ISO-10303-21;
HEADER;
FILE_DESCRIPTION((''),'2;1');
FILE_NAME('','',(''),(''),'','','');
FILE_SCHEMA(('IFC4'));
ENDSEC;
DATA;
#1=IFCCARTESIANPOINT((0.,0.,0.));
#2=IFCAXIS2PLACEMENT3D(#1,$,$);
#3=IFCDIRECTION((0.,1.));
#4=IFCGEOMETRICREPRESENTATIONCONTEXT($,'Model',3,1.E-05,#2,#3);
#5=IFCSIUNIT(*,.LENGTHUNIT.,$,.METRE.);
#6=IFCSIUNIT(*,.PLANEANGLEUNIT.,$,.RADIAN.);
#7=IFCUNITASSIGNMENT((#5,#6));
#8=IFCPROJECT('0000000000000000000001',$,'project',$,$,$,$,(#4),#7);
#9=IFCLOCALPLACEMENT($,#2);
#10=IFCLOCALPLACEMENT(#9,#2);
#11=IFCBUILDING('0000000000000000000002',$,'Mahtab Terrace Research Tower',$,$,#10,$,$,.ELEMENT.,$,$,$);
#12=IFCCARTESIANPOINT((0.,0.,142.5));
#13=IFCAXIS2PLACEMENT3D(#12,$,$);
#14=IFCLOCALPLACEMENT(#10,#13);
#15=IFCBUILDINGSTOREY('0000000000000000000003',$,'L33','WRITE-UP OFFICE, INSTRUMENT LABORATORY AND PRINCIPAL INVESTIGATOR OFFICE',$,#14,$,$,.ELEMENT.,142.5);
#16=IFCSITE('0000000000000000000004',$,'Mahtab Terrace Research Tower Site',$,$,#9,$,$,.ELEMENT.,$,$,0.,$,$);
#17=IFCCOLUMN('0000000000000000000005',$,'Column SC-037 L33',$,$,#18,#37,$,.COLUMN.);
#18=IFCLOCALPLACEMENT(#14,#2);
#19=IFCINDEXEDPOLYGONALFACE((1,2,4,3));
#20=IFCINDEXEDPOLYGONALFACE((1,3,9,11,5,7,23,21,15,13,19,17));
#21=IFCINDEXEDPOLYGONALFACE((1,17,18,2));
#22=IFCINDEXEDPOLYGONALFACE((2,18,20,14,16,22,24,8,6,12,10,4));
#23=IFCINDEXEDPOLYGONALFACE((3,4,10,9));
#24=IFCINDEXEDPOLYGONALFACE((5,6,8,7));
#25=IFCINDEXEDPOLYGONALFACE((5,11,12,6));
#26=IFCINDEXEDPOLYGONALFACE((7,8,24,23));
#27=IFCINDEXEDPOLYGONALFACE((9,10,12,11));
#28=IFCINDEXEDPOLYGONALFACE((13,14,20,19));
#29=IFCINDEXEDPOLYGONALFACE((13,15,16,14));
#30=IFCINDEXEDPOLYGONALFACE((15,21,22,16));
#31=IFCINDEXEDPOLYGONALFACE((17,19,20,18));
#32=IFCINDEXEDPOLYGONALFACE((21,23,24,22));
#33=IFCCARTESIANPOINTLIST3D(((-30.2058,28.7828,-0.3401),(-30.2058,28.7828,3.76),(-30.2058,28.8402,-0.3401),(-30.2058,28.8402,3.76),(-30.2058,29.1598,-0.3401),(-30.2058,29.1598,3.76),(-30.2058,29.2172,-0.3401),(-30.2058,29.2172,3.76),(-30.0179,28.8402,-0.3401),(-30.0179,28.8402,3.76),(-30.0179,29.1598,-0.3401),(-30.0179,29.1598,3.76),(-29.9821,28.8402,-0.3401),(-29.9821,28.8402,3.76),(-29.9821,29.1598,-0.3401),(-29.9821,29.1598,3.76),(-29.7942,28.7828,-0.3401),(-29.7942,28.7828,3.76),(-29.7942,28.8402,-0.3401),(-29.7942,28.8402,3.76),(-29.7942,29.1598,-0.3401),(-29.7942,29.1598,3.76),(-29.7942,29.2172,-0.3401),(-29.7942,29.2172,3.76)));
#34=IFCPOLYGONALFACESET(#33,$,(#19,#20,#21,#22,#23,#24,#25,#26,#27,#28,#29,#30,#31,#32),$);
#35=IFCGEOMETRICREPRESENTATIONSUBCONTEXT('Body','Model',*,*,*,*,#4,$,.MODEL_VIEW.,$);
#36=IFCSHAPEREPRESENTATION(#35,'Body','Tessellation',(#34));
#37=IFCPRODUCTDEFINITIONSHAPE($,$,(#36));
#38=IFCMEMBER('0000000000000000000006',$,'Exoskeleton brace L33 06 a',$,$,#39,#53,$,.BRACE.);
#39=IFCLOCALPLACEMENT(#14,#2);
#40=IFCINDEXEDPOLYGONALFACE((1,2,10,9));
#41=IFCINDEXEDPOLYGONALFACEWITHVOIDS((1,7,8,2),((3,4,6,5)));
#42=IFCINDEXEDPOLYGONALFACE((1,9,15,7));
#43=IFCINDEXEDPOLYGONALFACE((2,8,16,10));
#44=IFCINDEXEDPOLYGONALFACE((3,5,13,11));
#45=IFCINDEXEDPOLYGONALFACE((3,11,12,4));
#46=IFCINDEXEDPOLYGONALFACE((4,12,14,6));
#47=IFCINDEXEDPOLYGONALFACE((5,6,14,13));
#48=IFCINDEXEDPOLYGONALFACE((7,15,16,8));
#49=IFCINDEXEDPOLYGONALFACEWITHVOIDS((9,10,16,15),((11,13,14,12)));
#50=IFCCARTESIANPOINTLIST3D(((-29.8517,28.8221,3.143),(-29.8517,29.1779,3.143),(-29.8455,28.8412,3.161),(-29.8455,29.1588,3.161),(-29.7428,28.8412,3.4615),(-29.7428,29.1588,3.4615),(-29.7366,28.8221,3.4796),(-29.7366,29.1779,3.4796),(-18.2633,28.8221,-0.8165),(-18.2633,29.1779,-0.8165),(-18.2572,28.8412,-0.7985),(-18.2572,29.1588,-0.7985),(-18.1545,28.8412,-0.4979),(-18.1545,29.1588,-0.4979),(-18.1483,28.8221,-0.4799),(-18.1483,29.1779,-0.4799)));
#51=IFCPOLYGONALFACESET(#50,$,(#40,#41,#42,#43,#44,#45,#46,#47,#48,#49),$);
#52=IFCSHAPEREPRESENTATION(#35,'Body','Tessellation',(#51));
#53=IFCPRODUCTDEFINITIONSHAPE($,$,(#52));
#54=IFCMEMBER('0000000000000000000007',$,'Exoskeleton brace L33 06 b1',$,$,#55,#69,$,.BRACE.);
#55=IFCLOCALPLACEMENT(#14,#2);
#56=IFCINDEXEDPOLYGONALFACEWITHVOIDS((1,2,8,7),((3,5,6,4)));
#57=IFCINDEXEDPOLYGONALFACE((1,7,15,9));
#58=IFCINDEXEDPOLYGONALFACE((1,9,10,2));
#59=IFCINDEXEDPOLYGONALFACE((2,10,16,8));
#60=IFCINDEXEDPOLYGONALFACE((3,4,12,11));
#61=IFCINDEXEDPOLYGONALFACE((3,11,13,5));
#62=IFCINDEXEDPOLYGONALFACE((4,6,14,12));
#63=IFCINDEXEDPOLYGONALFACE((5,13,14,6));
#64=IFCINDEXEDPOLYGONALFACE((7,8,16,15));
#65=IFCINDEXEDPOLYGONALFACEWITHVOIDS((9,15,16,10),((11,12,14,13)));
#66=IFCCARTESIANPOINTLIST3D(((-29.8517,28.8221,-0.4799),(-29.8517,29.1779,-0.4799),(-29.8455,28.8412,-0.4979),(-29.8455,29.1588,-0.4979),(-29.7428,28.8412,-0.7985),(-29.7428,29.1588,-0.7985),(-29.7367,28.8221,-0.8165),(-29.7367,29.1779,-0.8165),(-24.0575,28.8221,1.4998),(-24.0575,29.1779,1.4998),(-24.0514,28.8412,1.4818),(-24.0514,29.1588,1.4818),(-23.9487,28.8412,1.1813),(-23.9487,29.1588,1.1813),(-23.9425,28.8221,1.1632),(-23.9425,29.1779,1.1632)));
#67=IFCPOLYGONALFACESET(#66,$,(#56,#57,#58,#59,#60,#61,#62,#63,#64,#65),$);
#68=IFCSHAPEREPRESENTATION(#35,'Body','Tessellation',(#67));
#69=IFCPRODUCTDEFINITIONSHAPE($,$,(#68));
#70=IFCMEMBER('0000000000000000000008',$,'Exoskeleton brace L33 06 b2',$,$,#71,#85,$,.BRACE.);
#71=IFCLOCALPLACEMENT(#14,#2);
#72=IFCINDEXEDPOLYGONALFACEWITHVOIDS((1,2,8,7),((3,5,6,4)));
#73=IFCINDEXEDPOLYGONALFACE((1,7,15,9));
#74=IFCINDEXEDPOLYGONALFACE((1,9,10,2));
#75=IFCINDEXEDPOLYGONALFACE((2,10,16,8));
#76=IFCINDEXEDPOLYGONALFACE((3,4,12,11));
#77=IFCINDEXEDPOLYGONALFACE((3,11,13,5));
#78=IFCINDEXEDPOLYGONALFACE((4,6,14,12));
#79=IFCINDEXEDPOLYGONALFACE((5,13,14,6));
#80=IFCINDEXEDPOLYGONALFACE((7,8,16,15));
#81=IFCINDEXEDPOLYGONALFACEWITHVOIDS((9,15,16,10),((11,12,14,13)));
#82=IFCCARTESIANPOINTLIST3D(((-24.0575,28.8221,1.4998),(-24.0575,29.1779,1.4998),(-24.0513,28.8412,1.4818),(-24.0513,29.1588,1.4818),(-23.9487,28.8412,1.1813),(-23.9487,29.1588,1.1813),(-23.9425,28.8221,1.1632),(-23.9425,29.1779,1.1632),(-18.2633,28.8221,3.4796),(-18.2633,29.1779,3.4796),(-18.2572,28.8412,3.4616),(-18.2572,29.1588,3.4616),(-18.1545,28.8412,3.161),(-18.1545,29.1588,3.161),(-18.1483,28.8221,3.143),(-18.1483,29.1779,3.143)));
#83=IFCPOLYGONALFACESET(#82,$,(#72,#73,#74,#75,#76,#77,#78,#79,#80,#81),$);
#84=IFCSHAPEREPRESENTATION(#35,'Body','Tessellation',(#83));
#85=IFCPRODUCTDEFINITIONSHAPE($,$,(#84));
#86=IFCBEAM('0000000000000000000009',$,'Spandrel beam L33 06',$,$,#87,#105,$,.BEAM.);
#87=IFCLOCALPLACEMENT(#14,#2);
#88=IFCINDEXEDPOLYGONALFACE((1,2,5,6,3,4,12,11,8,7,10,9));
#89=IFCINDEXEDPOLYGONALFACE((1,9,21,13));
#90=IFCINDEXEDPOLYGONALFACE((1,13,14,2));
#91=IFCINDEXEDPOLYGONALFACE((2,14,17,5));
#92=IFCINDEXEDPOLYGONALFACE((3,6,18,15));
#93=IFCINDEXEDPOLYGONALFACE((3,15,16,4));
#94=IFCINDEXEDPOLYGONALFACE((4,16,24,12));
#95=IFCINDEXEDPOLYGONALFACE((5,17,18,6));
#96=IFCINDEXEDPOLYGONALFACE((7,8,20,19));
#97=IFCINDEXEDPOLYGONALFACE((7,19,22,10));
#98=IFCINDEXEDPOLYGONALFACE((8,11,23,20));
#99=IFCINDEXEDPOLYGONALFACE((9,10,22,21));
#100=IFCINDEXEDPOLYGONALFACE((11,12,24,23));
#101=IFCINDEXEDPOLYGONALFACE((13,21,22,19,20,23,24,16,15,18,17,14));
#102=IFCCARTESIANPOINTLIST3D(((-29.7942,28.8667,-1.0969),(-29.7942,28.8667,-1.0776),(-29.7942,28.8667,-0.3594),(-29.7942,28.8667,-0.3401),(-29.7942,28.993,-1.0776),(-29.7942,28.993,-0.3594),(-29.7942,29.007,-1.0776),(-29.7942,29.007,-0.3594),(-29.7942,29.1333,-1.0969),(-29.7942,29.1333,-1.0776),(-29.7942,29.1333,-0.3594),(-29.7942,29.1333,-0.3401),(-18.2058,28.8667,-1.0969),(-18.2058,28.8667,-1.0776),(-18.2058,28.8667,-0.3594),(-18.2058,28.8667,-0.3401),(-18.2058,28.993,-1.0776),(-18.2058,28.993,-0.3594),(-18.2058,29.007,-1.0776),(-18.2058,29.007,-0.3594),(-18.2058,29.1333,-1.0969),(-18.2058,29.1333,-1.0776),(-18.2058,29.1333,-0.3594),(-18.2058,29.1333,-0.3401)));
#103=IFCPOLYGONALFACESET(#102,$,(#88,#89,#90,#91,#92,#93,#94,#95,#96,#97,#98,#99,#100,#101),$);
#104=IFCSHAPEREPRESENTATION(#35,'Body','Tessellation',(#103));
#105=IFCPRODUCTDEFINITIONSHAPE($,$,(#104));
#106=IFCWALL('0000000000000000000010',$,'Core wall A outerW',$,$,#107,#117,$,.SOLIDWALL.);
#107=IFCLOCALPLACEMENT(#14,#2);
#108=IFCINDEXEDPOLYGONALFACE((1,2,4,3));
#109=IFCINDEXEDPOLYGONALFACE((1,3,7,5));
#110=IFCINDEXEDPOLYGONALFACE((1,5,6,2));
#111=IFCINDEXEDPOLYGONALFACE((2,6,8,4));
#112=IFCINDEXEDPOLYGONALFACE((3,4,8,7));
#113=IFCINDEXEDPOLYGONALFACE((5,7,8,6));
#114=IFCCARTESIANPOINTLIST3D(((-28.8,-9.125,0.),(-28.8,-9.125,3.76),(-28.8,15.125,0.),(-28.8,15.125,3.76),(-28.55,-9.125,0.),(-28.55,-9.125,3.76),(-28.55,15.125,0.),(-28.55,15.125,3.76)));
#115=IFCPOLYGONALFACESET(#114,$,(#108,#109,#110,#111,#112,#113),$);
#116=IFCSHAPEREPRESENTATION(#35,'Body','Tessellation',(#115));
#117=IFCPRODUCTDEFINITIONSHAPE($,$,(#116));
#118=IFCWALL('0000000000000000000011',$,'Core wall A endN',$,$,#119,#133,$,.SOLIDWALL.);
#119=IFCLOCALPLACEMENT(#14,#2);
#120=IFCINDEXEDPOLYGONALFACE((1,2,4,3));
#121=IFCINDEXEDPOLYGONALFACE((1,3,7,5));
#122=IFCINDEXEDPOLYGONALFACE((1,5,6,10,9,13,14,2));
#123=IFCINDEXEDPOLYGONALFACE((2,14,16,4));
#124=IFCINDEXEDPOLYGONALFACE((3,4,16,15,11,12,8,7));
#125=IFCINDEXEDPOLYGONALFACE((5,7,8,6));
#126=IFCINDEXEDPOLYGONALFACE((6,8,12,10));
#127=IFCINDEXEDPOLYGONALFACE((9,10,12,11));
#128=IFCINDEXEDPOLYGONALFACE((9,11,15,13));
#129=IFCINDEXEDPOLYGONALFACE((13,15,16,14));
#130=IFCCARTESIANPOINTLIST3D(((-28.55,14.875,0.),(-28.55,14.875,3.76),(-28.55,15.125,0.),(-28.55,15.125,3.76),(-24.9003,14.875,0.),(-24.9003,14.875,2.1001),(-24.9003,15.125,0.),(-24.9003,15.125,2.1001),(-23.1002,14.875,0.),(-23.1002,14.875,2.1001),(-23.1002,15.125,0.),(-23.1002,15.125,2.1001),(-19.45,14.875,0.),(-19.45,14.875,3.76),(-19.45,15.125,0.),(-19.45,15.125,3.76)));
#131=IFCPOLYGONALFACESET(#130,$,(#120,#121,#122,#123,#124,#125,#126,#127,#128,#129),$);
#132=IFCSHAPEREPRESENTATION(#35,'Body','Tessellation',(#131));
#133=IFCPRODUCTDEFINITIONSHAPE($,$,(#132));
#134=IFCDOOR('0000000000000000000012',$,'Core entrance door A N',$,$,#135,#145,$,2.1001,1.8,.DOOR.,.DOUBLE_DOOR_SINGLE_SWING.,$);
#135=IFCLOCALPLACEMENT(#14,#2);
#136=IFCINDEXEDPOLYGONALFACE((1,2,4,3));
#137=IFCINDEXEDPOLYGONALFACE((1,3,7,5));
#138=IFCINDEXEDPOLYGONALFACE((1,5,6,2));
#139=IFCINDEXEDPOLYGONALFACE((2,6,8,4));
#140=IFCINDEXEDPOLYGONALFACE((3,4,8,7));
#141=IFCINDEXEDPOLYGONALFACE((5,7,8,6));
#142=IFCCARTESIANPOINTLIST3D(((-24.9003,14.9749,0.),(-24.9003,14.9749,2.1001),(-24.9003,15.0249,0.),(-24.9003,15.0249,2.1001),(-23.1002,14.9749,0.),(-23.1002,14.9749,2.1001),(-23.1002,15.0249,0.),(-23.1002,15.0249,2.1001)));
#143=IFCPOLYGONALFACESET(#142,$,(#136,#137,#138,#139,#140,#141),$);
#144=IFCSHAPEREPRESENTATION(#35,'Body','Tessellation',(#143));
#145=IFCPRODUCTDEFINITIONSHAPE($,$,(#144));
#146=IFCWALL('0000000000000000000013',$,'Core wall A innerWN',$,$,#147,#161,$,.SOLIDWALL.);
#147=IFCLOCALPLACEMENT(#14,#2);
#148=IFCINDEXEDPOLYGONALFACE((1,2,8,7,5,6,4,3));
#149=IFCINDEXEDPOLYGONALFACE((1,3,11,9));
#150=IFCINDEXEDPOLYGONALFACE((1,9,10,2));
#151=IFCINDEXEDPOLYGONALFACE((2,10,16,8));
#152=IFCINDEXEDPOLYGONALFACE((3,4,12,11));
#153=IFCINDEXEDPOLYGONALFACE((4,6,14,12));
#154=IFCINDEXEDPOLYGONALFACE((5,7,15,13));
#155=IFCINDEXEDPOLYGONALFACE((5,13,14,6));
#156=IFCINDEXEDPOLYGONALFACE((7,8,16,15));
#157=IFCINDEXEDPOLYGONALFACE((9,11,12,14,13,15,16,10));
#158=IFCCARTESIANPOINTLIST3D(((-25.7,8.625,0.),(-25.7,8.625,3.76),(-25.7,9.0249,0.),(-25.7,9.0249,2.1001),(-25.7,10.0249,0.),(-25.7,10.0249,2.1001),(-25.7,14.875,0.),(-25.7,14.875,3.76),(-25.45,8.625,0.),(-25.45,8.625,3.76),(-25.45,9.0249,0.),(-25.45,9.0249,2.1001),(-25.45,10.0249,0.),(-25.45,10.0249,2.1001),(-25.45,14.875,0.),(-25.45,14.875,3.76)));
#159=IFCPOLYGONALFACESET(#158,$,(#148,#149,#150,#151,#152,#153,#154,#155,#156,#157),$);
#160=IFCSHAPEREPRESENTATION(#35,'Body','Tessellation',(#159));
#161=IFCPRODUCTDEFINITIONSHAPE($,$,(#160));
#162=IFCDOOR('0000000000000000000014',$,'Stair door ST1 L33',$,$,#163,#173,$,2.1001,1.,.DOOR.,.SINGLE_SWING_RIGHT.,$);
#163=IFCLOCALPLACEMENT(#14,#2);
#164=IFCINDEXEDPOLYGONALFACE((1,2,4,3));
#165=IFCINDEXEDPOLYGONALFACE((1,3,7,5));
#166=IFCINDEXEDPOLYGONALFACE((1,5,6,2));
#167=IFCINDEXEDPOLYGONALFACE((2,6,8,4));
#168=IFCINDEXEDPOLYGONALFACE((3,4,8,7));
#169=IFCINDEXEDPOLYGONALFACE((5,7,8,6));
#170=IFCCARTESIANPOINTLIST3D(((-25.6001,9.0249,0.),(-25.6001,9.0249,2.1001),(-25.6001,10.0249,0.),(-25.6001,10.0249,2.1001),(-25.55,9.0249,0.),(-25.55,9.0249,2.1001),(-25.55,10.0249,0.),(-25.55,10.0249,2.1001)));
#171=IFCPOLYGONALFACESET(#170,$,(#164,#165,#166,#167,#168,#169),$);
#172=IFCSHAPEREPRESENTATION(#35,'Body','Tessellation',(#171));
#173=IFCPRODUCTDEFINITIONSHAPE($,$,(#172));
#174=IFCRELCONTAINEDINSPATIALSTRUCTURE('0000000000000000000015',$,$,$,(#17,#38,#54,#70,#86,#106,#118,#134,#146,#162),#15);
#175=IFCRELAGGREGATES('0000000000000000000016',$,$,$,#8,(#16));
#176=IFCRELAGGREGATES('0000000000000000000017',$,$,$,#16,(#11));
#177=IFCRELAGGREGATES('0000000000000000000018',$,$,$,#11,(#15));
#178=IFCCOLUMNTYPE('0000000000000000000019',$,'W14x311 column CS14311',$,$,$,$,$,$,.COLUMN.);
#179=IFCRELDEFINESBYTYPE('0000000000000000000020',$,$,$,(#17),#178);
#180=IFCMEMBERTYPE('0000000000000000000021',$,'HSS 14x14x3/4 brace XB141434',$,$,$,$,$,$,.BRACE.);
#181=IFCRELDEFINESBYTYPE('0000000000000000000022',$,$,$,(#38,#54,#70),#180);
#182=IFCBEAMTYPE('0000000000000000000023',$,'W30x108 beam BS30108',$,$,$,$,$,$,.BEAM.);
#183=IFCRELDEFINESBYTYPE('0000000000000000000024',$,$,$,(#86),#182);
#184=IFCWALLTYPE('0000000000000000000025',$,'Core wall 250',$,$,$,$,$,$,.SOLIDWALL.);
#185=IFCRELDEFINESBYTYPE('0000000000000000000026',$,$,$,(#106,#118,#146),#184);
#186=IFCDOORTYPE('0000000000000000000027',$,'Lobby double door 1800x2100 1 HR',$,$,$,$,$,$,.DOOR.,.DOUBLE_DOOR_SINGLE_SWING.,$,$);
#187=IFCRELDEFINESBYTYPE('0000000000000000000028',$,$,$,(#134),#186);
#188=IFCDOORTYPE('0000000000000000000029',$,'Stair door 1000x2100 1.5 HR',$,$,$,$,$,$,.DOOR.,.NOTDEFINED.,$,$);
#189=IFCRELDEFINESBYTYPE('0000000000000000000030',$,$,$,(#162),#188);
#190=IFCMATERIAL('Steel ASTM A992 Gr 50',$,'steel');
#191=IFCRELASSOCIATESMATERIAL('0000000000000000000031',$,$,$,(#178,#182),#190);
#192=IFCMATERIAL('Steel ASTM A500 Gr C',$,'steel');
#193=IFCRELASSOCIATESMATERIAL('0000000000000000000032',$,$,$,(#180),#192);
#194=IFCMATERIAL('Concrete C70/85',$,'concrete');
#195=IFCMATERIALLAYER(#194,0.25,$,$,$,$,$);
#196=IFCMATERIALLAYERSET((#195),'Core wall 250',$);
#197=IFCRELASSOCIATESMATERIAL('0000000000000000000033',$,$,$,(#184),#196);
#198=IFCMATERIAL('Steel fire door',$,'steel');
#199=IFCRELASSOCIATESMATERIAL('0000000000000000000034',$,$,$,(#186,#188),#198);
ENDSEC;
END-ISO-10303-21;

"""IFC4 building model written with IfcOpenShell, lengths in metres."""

from ifc_helpers import new_model, si_unit, direction, frame, frame_2d, origin, origin_2d, place, context, subcontext, project, spatial, rectangle, hollow_rectangle, i_section, extrude, material, layer, layer_set, material_profile, profile_set, type_object, element, fill, save


model = new_model("IFC4")

# Units and contexts
model_context = context("Model", 3, precision=1e-05, world=origin(), true_north=direction((0.0, 1.0)))
body_context = subcontext(model_context, "Body", "Model", "MODEL_VIEW")
ifc_project = project(units=[si_unit("LENGTHUNIT", "METRE"), si_unit("PLANEANGLEUNIT", "RADIAN")], contexts=[model_context])

# Site, building, storey
site_placement = place(None, origin())
site = spatial("IfcSite", under=ifc_project, at=site_placement, Name="Mahtab Terrace Research Tower Site", CompositionType="ELEMENT", RefElevation=0.0)
building_placement = place(site_placement, origin())
building = spatial("IfcBuilding", under=site, at=building_placement, Name="Mahtab Terrace Research Tower", CompositionType="ELEMENT")
storey_placement = place(building_placement, frame((0.0, 0.0, 142.5)))
storey = spatial("IfcBuildingStorey", under=building, at=storey_placement, Name="L33", Description="WRITE-UP OFFICE, INSTRUMENT LABORATORY AND PRINCIPAL INVESTIGATOR OFFICE", CompositionType="ELEMENT", Elevation=142.5)

# Column
ifc_material_1 = material(Name="Steel ASTM A992 Gr 50", Category="steel")
ifc_material_profile_1 = material_profile(ifc_material_1, i_section(OverallWidth=0.4116, OverallDepth=0.4343, WebThickness=0.0359, FlangeThickness=0.0574, at=origin_2d()), Name="W14X311")
ifc_profile_set_1 = profile_set([ifc_material_profile_1], Name="Steel ASTM A992 Gr 50")
column_type = type_object("IfcColumnType", Name="W14x311 column CS14311", PredefinedType="COLUMN", material=ifc_profile_set_1)
column_placement = place(storey_placement, frame((-30.0, 29.0, -0.3401), z_axis=(0.0, 0.0, 1.0), x_axis=(1.0, 0.0, 0.0)))
element("IfcColumn", 1, at=column_placement, inside=storey, type_object=column_type, Name="Column SC-037 L33", PredefinedType="COLUMN", context=body_context, shape_type="SweptSolid", body=[
    extrude(i_section(OverallWidth=0.4116, OverallDepth=0.4343, WebThickness=0.0359, FlangeThickness=0.0574, at=origin_2d()), origin(), (0.0, 0.0, 1.0), 4.1001),
])

# Members
ifc_material_2 = material(Name="Steel ASTM A500 Gr C", Category="steel")
ifc_material_profile_2 = material_profile(ifc_material_2, hollow_rectangle(XDim=0.3557, YDim=0.3557, WallThickness=0.019, at=origin_2d()), Name="HSS14X14X3/4")
ifc_profile_set_2 = profile_set([ifc_material_profile_2], Name="Steel ASTM A500 Gr C")
member_type = type_object("IfcMemberType", Name="HSS 14x14x3/4 brace XB141434", PredefinedType="BRACE", material=ifc_profile_set_2)
member_placement = place(storey_placement, frame((-18.2058, 29.0, -0.6482), z_axis=(-0.946288, 0.0, 0.323324), x_axis=(0.0, -1.0, 0.0)))
element("IfcMember", 2, at=member_placement, inside=storey, type_object=member_type, Name="Exoskeleton brace L33 06 a", PredefinedType="BRACE", context=body_context, shape_type="SweptSolid", body=[
    extrude(hollow_rectangle(XDim=0.3557, YDim=0.3557, WallThickness=0.019, at=origin_2d()), origin(), (0.0, 0.0, 1.0), 12.2461),
])
for number, where, z_axis, x_axis, name in (
    (3, (-29.7942, 29.0, -0.6482), (0.946288, 0.0, 0.323324), (0.0, 1.0, 0.0), "Exoskeleton brace L33 06 b1"),
    (4, (-24.0, 29.0, 1.3315), (0.946288, 0.0, 0.323324), (0.0, 1.0, 0.0), "Exoskeleton brace L33 06 b2"),
):
    element("IfcMember", number, at=place(storey_placement, frame(where, z_axis=z_axis, x_axis=x_axis)), inside=storey, type_object=member_type, Name=name, PredefinedType="BRACE", context=body_context, shape_type="SweptSolid", body=[
        extrude(hollow_rectangle(XDim=0.3557, YDim=0.3557, WallThickness=0.019, at=origin_2d()), origin(), (0.0, 0.0, 1.0), 6.123),
    ])

# Beam
ifc_material_profile_3 = material_profile(ifc_material_1, i_section(OverallWidth=0.2666, OverallDepth=0.7568, WebThickness=0.0139, FlangeThickness=0.0193, at=origin_2d()), Name="W30X108")
ifc_profile_set_3 = profile_set([ifc_material_profile_3], Name="Steel ASTM A992 Gr 50")
beam_type = type_object("IfcBeamType", Name="W30x108 beam BS30108", PredefinedType="BEAM", material=ifc_profile_set_3)
beam_placement = place(storey_placement, frame((-18.2058, 29.0, -0.7185), z_axis=(-1.0, 0.0, 0.0), x_axis=(0.0, -1.0, 0.0)))
element("IfcBeam", 5, at=beam_placement, inside=storey, type_object=beam_type, Name="Spandrel beam L33 06", PredefinedType="BEAM", context=body_context, shape_type="SweptSolid", body=[
    extrude(i_section(OverallWidth=0.2666, OverallDepth=0.7568, WebThickness=0.0139, FlangeThickness=0.0193, at=origin_2d()), origin(), (0.0, 0.0, 1.0), 11.5884),
])

# Wall
ifc_material_3 = material(Name="Concrete C70/85", Category="concrete")
ifc_layer_1 = layer(ifc_material_3, 0.25)
ifc_layer_set_1 = layer_set([ifc_layer_1], Name="Core wall 250")
wall_type_1 = type_object("IfcWallType", Name="Core wall 250", PredefinedType="SOLIDWALL", material=ifc_layer_set_1)
wall_1_placement = place(storey_placement, frame((-28.675, 15.125, 0.0), z_axis=(0.0, 0.0, 1.0), x_axis=(0.0, -1.0, 0.0)))
element("IfcWall", 6, at=wall_1_placement, inside=storey, type_object=wall_type_1, Name="Core wall A outerW", PredefinedType="SOLIDWALL", context=body_context, shape_type="SweptSolid", body=[
    extrude(rectangle(XDim=24.25, YDim=0.25, at=frame_2d((12.125, 0.0))), origin(), (0.0, 0.0, 1.0), 3.76),
])

# Walls, openings, doors
wall_2_placement = place(storey_placement, frame((-28.55, 15.0, 0.0), z_axis=(0.0, 0.0, 1.0), x_axis=(1.0, 0.0, 0.0)))
wall_2 = element("IfcWall", 7, at=wall_2_placement, inside=storey, type_object=wall_type_1, Name="Core wall A endN", PredefinedType="SOLIDWALL", context=body_context, shape_type="SweptSolid", body=[
    extrude(rectangle(XDim=9.1001, YDim=0.25, at=frame_2d((4.55, 0.0))), origin(), (0.0, 0.0, 1.0), 3.76),
])
opening_1_placement = place(wall_2_placement, frame((3.6499, 0.0, 0.0)))
opening_1 = element("IfcOpeningElement", 8, at=opening_1_placement, cuts=wall_2, PredefinedType="OPENING", context=body_context, shape_type="SweptSolid", body=[
    extrude(rectangle(XDim=1.8, YDim=2.1001, at=frame_2d((0.8999, 1.05))), frame((0.0, 0.135, 0.0), z_axis=(0.0, -1.0, 0.0), x_axis=(1.0, 0.0, 0.0)), (0.0, 0.0, 1.0), 0.27),
])
ifc_material_4 = material(Name="Steel fire door", Category="steel")
door_type_1 = type_object("IfcDoorType", Name="Lobby double door 1800x2100 1 HR", OperationType="DOUBLE_DOOR_SINGLE_SWING", PredefinedType="DOOR", material=ifc_material_4)
door_1_placement = place(opening_1_placement, origin())
door_1 = element("IfcDoor", 9, at=door_1_placement, inside=storey, type_object=door_type_1, Name="Core entrance door A N", OperationType="DOUBLE_DOOR_SINGLE_SWING", OverallHeight=2.1001, OverallWidth=1.8, PredefinedType="DOOR", context=body_context, shape_type="SweptSolid", body=[
    extrude(rectangle(XDim=1.8, YDim=2.1001, at=frame_2d((0.8999, 1.05))), frame((0.0, 0.0249, 0.0), z_axis=(0.0, -1.0, 0.0), x_axis=(1.0, 0.0, 0.0)), (0.0, 0.0, 1.0), 0.05),
])
fill(opening_1, door_1)
wall_3_placement = place(storey_placement, frame((-25.575, 14.875, 0.0), z_axis=(0.0, 0.0, 1.0), x_axis=(0.0, -1.0, 0.0)))
wall_3 = element("IfcWall", 10, at=wall_3_placement, inside=storey, type_object=wall_type_1, Name="Core wall A innerWN", PredefinedType="SOLIDWALL", context=body_context, shape_type="SweptSolid", body=[
    extrude(rectangle(XDim=6.25, YDim=0.25, at=frame_2d((3.125, 0.0))), origin(), (0.0, 0.0, 1.0), 3.76),
])
opening_2_placement = place(wall_3_placement, frame((4.8501, 0.0, 0.0)))
opening_2 = element("IfcOpeningElement", 11, at=opening_2_placement, cuts=wall_3, PredefinedType="OPENING", context=body_context, shape_type="SweptSolid", body=[
    extrude(rectangle(XDim=1.0, YDim=2.1001, at=frame_2d((0.5, 1.05))), frame((0.0, 0.135, 0.0), z_axis=(0.0, -1.0, 0.0), x_axis=(1.0, 0.0, 0.0)), (0.0, 0.0, 1.0), 0.27),
])
door_type_2 = type_object("IfcDoorType", Name="Stair door 1000x2100 1.5 HR", OperationType="NOTDEFINED", PredefinedType="DOOR", material=ifc_material_4)
door_2_placement = place(opening_2_placement, origin())
door_2 = element("IfcDoor", 12, at=door_2_placement, inside=storey, type_object=door_type_2, Name="Stair door ST1 L33", OperationType="SINGLE_SWING_RIGHT", OverallHeight=2.1001, OverallWidth=1.0, PredefinedType="DOOR", context=body_context, shape_type="SweptSolid", body=[
    extrude(rectangle(XDim=1.0, YDim=2.1001, at=frame_2d((0.5, 1.05))), frame((0.0, 0.0249, 0.0), z_axis=(0.0, -1.0, 0.0), x_axis=(1.0, 0.0, 0.0)), (0.0, 0.0, 1.0), 0.05),
])
fill(opening_2, door_2)

save(model, "model.ifc")
